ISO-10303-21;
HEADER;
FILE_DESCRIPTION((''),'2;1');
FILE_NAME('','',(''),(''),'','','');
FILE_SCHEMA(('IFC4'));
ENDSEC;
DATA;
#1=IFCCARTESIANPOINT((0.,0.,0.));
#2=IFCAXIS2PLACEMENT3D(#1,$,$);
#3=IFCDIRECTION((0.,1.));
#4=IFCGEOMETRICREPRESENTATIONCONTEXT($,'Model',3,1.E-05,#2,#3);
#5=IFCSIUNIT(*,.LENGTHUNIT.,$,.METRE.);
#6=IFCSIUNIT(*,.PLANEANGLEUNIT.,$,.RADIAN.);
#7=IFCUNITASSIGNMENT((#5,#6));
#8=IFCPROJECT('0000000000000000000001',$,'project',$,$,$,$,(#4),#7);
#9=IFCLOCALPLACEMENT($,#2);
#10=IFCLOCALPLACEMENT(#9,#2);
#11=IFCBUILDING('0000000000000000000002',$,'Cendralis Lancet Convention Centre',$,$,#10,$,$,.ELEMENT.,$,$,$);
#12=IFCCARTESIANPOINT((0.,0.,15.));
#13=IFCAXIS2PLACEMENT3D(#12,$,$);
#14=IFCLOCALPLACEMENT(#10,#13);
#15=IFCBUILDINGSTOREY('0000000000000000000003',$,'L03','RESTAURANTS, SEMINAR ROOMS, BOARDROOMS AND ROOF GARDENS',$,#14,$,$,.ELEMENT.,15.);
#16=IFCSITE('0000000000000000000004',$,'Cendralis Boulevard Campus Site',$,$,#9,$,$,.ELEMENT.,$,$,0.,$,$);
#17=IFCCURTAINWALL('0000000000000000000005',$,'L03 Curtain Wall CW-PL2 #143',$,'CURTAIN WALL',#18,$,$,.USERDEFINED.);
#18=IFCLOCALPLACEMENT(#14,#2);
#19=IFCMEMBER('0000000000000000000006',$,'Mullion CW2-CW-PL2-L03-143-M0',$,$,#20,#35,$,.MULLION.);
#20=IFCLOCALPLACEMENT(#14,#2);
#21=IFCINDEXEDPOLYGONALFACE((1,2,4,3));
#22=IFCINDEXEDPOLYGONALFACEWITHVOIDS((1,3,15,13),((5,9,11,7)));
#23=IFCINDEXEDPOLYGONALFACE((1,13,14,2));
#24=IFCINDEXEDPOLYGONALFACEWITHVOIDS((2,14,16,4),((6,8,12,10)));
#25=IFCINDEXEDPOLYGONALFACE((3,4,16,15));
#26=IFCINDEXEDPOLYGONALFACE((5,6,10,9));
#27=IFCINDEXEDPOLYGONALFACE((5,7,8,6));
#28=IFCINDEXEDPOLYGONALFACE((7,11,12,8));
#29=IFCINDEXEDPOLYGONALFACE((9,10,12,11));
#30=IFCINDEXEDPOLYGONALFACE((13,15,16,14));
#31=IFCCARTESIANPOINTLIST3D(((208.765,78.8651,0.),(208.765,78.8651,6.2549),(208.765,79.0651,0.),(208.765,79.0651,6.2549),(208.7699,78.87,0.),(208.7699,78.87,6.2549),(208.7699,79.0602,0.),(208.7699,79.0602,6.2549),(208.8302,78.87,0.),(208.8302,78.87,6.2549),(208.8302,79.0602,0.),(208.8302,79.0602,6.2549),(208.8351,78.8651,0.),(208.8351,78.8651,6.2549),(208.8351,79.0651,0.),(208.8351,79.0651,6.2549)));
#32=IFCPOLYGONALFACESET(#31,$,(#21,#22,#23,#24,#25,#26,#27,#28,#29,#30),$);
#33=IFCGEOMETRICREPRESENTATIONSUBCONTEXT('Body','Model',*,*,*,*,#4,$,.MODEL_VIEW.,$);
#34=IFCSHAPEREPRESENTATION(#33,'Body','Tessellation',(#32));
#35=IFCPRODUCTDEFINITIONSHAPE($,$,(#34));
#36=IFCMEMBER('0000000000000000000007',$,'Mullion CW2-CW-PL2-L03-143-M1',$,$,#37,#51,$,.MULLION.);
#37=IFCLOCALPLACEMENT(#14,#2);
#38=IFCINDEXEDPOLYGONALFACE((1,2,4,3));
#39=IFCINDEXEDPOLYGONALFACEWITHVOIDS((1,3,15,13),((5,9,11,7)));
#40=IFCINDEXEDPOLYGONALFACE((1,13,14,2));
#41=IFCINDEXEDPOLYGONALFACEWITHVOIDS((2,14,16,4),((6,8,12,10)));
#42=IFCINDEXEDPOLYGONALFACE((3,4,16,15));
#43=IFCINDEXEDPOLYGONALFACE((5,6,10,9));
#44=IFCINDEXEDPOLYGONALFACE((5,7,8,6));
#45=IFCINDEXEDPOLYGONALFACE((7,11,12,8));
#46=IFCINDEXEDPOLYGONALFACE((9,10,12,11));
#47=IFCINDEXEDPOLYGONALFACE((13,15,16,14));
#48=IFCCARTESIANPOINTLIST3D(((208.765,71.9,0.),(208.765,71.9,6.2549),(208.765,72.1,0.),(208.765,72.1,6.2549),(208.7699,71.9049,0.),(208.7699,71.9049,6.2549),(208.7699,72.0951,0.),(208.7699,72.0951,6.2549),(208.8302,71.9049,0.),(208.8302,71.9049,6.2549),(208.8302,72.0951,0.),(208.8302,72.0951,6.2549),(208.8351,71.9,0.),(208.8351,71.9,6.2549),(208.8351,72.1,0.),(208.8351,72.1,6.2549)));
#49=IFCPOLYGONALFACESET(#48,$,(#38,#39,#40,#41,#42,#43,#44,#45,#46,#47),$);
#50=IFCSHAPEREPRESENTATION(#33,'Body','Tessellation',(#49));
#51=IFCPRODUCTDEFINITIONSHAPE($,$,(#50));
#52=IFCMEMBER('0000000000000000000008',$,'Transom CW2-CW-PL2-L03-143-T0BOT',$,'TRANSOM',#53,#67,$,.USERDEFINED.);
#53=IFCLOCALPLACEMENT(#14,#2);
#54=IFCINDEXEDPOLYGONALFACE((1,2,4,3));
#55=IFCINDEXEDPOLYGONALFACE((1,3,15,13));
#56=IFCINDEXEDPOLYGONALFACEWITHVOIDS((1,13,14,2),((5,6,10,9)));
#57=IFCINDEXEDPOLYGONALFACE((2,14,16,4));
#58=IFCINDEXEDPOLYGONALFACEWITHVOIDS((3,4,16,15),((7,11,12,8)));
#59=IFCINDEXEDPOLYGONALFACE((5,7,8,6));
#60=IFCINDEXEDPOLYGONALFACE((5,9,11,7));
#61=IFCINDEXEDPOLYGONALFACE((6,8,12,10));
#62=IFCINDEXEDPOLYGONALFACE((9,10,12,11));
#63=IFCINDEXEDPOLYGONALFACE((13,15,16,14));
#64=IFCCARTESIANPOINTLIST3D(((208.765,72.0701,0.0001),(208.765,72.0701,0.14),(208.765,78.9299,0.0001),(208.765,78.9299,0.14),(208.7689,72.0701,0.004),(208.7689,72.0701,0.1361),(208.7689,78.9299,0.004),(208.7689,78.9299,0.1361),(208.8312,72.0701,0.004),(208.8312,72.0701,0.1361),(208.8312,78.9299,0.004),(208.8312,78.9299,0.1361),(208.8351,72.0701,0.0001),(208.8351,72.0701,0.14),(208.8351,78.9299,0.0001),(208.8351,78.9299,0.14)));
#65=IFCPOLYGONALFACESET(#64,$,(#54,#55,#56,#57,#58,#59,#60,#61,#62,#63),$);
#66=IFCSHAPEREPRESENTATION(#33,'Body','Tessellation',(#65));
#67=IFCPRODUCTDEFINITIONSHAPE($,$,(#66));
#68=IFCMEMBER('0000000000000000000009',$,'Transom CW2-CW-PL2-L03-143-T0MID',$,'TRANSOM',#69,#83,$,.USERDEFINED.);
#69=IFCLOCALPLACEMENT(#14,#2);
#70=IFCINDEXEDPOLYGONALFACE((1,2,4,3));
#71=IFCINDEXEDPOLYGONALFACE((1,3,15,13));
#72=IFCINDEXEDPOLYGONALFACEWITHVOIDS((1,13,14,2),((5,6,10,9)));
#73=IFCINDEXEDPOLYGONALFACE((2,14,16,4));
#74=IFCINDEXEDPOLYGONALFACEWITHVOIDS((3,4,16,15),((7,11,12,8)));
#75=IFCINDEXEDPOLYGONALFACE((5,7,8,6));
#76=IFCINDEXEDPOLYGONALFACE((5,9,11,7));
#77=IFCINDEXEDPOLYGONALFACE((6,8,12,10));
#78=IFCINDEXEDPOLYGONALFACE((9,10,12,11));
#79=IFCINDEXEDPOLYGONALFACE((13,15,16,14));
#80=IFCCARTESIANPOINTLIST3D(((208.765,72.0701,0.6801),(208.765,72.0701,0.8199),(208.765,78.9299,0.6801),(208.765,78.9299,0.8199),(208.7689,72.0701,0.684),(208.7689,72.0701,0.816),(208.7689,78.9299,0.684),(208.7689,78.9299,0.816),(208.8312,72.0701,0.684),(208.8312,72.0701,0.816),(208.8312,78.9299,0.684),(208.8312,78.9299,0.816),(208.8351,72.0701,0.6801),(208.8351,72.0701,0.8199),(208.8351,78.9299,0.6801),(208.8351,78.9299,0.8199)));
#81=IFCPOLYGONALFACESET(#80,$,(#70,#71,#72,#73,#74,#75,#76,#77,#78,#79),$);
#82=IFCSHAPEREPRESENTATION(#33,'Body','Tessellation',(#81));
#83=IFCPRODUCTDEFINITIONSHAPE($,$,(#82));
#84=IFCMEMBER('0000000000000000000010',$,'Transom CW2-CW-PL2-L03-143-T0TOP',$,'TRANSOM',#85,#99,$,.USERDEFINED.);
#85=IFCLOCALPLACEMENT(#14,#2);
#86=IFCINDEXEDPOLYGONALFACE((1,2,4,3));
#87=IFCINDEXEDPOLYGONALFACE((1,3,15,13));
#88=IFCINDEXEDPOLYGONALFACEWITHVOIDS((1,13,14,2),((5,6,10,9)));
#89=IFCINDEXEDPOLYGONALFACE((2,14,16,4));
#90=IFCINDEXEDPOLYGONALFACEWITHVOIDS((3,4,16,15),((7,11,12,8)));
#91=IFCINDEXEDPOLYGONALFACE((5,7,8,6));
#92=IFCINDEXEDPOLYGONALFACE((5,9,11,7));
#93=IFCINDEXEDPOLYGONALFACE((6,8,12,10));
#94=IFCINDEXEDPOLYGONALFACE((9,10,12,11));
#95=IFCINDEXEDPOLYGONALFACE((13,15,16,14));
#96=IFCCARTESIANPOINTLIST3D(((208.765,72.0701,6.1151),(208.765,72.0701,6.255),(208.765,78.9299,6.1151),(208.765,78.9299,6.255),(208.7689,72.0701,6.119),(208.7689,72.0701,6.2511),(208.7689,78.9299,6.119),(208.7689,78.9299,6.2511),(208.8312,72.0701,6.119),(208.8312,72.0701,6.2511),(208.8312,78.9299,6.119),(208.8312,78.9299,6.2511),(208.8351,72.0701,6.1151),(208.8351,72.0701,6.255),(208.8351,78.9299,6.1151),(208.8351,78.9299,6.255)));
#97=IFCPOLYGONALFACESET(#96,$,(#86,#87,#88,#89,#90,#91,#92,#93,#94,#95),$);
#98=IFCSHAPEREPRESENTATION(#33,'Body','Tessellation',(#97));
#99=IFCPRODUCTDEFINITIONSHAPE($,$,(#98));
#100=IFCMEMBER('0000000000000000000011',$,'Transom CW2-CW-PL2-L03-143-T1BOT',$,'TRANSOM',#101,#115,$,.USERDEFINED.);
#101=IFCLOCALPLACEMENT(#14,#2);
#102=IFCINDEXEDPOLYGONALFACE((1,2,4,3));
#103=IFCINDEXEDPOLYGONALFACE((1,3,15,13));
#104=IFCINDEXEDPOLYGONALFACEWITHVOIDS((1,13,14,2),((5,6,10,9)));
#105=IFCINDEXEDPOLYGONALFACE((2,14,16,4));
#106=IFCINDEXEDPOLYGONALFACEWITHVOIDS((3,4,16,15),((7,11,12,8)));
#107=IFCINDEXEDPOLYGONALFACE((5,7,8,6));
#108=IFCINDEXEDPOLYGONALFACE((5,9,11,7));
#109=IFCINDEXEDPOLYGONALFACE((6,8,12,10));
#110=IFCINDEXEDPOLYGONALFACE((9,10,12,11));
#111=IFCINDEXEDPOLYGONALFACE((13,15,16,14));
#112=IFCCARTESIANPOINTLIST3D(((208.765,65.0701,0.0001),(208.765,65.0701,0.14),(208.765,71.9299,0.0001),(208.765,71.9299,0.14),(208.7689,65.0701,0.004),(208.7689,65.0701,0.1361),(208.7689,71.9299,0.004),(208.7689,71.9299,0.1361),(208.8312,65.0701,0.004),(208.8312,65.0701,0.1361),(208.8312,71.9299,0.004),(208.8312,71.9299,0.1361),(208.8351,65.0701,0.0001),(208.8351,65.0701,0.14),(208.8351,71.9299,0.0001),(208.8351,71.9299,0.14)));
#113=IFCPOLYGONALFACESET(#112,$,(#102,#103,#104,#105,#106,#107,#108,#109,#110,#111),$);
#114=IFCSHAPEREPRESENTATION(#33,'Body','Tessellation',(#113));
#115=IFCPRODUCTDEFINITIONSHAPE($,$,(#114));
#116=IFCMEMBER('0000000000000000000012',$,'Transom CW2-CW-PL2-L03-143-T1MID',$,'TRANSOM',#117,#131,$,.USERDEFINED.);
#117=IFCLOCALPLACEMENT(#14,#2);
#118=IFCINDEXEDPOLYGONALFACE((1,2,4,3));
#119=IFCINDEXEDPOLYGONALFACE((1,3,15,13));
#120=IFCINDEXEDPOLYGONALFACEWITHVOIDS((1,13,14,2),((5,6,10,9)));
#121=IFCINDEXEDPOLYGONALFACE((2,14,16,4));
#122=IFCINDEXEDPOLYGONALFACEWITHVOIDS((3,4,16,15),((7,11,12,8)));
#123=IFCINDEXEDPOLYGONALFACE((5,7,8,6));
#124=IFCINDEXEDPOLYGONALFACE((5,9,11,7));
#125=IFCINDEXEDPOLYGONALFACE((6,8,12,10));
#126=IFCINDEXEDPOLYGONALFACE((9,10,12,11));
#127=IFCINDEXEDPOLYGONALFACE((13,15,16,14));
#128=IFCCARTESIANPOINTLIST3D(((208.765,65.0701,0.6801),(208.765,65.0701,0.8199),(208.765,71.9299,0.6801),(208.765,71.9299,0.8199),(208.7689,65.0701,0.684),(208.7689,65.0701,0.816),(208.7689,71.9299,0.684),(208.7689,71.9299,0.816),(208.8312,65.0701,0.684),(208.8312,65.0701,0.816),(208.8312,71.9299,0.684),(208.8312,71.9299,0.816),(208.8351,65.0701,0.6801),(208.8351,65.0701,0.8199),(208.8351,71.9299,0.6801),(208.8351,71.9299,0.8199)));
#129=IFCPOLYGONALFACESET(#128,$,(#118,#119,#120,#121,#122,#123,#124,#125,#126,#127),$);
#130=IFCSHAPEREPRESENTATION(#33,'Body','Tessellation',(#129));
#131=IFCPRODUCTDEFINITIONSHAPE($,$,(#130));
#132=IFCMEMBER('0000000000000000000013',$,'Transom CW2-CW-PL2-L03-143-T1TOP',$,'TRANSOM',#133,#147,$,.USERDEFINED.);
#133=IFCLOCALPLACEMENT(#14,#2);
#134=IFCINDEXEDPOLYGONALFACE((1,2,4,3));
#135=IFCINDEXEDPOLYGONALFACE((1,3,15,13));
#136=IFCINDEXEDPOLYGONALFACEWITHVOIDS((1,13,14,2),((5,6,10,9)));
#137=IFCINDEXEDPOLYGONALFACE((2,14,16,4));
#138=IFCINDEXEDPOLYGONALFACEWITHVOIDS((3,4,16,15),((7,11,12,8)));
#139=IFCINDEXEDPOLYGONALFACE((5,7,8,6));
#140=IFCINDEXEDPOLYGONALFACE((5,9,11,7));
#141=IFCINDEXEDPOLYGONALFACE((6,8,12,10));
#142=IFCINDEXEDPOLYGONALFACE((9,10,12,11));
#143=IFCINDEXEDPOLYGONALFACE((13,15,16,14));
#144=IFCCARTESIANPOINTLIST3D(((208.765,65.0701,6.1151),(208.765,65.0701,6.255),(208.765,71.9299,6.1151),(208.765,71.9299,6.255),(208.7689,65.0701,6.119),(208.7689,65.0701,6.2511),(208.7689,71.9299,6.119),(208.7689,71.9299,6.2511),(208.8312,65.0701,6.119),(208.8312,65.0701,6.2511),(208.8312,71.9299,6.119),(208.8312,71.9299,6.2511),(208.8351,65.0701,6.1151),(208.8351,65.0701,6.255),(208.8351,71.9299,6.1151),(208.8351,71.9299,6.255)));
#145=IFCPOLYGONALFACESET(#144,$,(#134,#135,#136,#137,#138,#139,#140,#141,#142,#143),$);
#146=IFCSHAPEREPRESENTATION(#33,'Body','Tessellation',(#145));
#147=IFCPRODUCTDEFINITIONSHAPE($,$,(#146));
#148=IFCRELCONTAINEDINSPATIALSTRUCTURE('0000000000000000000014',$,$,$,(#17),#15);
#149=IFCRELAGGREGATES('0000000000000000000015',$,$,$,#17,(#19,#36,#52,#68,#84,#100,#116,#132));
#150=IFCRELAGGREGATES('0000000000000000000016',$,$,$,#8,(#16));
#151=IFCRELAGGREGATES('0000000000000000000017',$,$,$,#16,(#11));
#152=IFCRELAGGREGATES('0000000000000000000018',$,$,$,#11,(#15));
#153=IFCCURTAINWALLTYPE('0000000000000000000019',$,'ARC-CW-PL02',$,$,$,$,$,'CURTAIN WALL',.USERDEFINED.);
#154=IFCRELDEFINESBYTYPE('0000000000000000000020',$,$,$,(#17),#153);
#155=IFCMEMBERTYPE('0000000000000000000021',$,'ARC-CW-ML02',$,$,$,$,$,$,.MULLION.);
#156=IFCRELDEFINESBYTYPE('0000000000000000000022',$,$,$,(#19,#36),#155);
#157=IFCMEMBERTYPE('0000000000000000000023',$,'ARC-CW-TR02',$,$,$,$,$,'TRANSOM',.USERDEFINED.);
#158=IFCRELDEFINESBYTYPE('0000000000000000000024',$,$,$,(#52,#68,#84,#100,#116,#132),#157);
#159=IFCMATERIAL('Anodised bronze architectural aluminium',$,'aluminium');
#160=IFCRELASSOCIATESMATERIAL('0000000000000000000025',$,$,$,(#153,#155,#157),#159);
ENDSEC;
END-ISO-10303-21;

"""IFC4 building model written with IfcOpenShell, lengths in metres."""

from ifc_helpers import new_model, si_unit, direction, frame, origin, origin_2d, place, context, subcontext, project, spatial, hollow_rectangle, extrude, material, material_profile, profile_set, type_object, element, aggregate, save


model = new_model("IFC4")

# Units and contexts
model_context = context("Model", 3, precision=1e-05, world=origin(), true_north=direction((0.0, 1.0)))
body_context = subcontext(model_context, "Body", "Model", "MODEL_VIEW")
ifc_project = project(units=[si_unit("LENGTHUNIT", "METRE"), si_unit("PLANEANGLEUNIT", "RADIAN")], contexts=[model_context])

# Site, building, storey
site_placement = place(None, origin())
site = spatial("IfcSite", under=ifc_project, at=site_placement, Name="Cendralis Boulevard Campus Site", CompositionType="ELEMENT", RefElevation=0.0)
building_placement = place(site_placement, origin())
building = spatial("IfcBuilding", under=site, at=building_placement, Name="Cendralis Lancet Convention Centre", CompositionType="ELEMENT")
storey_placement = place(building_placement, frame((0.0, 0.0, 15.0)))
storey = spatial("IfcBuildingStorey", under=building, at=storey_placement, Name="L03", Description="RESTAURANTS, SEMINAR ROOMS, BOARDROOMS AND ROOF GARDENS", CompositionType="ELEMENT", Elevation=15.0)

# Curtain wall, members
ifc_material_1 = material(Name="Anodised bronze architectural aluminium", Category="aluminium")
curtain_wall_type = type_object("IfcCurtainWallType", Name="ARC-CW-PL02", ElementType="CURTAIN WALL", PredefinedType="USERDEFINED", material=ifc_material_1)
curtain_wall_placement = place(storey_placement, origin())
curtain_wall = element("IfcCurtainWall", 1, at=curtain_wall_placement, inside=storey, type_object=curtain_wall_type, Name="L03 Curtain Wall CW-PL2 #143", ObjectType="CURTAIN WALL", PredefinedType="USERDEFINED")
ifc_material_profile_1 = material_profile(ifc_material_1, hollow_rectangle(XDim=0.0701, YDim=0.2, WallThickness=0.0049, at=origin_2d()), Name="AL-MULL 70x200x5.0")
ifc_profile_set_1 = profile_set([ifc_material_profile_1], Name="Anodised bronze architectural aluminium")
member_type_1 = type_object("IfcMemberType", Name="ARC-CW-ML02", PredefinedType="MULLION", material=ifc_profile_set_1)
member_1_placement = place(storey_placement, frame((208.8, 78.9651, 0.0), z_axis=(0.0, 0.0, 1.0), x_axis=(1.0, 0.0, 0.0)))
member_1 = element("IfcMember", 2, at=member_1_placement, type_object=member_type_1, Name="Mullion CW2-CW-PL2-L03-143-M0", PredefinedType="MULLION", context=body_context, shape_type="SweptSolid", body=[
    extrude(hollow_rectangle(XDim=0.0701, YDim=0.2, WallThickness=0.0049, at=origin_2d()), origin(), (0.0, 0.0, 1.0), 6.2549),
])
member_2_placement = place(storey_placement, frame((208.8, 72.0, 0.0), z_axis=(0.0, 0.0, 1.0), x_axis=(1.0, 0.0, 0.0)))
member_2 = element("IfcMember", 3, at=member_2_placement, type_object=member_type_1, Name="Mullion CW2-CW-PL2-L03-143-M1", PredefinedType="MULLION", context=body_context, shape_type="SweptSolid", body=[
    extrude(hollow_rectangle(XDim=0.0701, YDim=0.2, WallThickness=0.0049, at=origin_2d()), origin(), (0.0, 0.0, 1.0), 6.2549),
])
ifc_material_profile_2 = material_profile(ifc_material_1, hollow_rectangle(XDim=0.0701, YDim=0.1399, WallThickness=0.0039, at=origin_2d()), Name="AL-TRAN 70x140x4.0")
ifc_profile_set_2 = profile_set([ifc_material_profile_2], Name="Anodised bronze architectural aluminium")
member_type_2 = type_object("IfcMemberType", Name="ARC-CW-TR02", ElementType="TRANSOM", PredefinedType="USERDEFINED", material=ifc_profile_set_2)
member_3_placement = place(storey_placement, frame((208.8, 78.9299, 0.0701), z_axis=(0.0, -1.0, 0.0), x_axis=(1.0, 0.0, 0.0)))
member_3 = element("IfcMember", 4, at=member_3_placement, type_object=member_type_2, Name="Transom CW2-CW-PL2-L03-143-T0BOT", ObjectType="TRANSOM", PredefinedType="USERDEFINED", context=body_context, shape_type="SweptSolid", body=[
    extrude(hollow_rectangle(XDim=0.0701, YDim=0.1399, WallThickness=0.0039, at=origin_2d()), origin(), (0.0, 0.0, 1.0), 6.8599),
])
member_4_placement = place(storey_placement, frame((208.8, 78.9299, 0.75), z_axis=(0.0, -1.0, 0.0), x_axis=(1.0, 0.0, 0.0)))
member_4 = element("IfcMember", 5, at=member_4_placement, type_object=member_type_2, Name="Transom CW2-CW-PL2-L03-143-T0MID", ObjectType="TRANSOM", PredefinedType="USERDEFINED", context=body_context, shape_type="SweptSolid", body=[
    extrude(hollow_rectangle(XDim=0.0701, YDim=0.1399, WallThickness=0.0039, at=origin_2d()), origin(), (0.0, 0.0, 1.0), 6.8599),
])
member_5_placement = place(storey_placement, frame((208.8, 78.9299, 6.1851), z_axis=(0.0, -1.0, 0.0), x_axis=(1.0, 0.0, 0.0)))
member_5 = element("IfcMember", 6, at=member_5_placement, type_object=member_type_2, Name="Transom CW2-CW-PL2-L03-143-T0TOP", ObjectType="TRANSOM", PredefinedType="USERDEFINED", context=body_context, shape_type="SweptSolid", body=[
    extrude(hollow_rectangle(XDim=0.0701, YDim=0.1399, WallThickness=0.0039, at=origin_2d()), origin(), (0.0, 0.0, 1.0), 6.8599),
])
member_6_placement = place(storey_placement, frame((208.8, 71.9299, 0.0701), z_axis=(0.0, -1.0, 0.0), x_axis=(1.0, 0.0, 0.0)))
member_6 = element("IfcMember", 7, at=member_6_placement, type_object=member_type_2, Name="Transom CW2-CW-PL2-L03-143-T1BOT", ObjectType="TRANSOM", PredefinedType="USERDEFINED", context=body_context, shape_type="SweptSolid", body=[
    extrude(hollow_rectangle(XDim=0.0701, YDim=0.1399, WallThickness=0.0039, at=origin_2d()), origin(), (0.0, 0.0, 1.0), 6.8599),
])
member_7_placement = place(storey_placement, frame((208.8, 71.9299, 0.75), z_axis=(0.0, -1.0, 0.0), x_axis=(1.0, 0.0, 0.0)))
member_7 = element("IfcMember", 8, at=member_7_placement, type_object=member_type_2, Name="Transom CW2-CW-PL2-L03-143-T1MID", ObjectType="TRANSOM", PredefinedType="USERDEFINED", context=body_context, shape_type="SweptSolid", body=[
    extrude(hollow_rectangle(XDim=0.0701, YDim=0.1399, WallThickness=0.0039, at=origin_2d()), origin(), (0.0, 0.0, 1.0), 6.8599),
])
member_8_placement = place(storey_placement, frame((208.8, 71.9299, 6.1851), z_axis=(0.0, -1.0, 0.0), x_axis=(1.0, 0.0, 0.0)))
member_8 = element("IfcMember", 9, at=member_8_placement, type_object=member_type_2, Name="Transom CW2-CW-PL2-L03-143-T1TOP", ObjectType="TRANSOM", PredefinedType="USERDEFINED", context=body_context, shape_type="SweptSolid", body=[
    extrude(hollow_rectangle(XDim=0.0701, YDim=0.1399, WallThickness=0.0039, at=origin_2d()), origin(), (0.0, 0.0, 1.0), 6.8599),
])

aggregate(curtain_wall, [member_1, member_2, member_3, member_4, member_5, member_6, member_7, member_8])

save(model, "model.ifc")
